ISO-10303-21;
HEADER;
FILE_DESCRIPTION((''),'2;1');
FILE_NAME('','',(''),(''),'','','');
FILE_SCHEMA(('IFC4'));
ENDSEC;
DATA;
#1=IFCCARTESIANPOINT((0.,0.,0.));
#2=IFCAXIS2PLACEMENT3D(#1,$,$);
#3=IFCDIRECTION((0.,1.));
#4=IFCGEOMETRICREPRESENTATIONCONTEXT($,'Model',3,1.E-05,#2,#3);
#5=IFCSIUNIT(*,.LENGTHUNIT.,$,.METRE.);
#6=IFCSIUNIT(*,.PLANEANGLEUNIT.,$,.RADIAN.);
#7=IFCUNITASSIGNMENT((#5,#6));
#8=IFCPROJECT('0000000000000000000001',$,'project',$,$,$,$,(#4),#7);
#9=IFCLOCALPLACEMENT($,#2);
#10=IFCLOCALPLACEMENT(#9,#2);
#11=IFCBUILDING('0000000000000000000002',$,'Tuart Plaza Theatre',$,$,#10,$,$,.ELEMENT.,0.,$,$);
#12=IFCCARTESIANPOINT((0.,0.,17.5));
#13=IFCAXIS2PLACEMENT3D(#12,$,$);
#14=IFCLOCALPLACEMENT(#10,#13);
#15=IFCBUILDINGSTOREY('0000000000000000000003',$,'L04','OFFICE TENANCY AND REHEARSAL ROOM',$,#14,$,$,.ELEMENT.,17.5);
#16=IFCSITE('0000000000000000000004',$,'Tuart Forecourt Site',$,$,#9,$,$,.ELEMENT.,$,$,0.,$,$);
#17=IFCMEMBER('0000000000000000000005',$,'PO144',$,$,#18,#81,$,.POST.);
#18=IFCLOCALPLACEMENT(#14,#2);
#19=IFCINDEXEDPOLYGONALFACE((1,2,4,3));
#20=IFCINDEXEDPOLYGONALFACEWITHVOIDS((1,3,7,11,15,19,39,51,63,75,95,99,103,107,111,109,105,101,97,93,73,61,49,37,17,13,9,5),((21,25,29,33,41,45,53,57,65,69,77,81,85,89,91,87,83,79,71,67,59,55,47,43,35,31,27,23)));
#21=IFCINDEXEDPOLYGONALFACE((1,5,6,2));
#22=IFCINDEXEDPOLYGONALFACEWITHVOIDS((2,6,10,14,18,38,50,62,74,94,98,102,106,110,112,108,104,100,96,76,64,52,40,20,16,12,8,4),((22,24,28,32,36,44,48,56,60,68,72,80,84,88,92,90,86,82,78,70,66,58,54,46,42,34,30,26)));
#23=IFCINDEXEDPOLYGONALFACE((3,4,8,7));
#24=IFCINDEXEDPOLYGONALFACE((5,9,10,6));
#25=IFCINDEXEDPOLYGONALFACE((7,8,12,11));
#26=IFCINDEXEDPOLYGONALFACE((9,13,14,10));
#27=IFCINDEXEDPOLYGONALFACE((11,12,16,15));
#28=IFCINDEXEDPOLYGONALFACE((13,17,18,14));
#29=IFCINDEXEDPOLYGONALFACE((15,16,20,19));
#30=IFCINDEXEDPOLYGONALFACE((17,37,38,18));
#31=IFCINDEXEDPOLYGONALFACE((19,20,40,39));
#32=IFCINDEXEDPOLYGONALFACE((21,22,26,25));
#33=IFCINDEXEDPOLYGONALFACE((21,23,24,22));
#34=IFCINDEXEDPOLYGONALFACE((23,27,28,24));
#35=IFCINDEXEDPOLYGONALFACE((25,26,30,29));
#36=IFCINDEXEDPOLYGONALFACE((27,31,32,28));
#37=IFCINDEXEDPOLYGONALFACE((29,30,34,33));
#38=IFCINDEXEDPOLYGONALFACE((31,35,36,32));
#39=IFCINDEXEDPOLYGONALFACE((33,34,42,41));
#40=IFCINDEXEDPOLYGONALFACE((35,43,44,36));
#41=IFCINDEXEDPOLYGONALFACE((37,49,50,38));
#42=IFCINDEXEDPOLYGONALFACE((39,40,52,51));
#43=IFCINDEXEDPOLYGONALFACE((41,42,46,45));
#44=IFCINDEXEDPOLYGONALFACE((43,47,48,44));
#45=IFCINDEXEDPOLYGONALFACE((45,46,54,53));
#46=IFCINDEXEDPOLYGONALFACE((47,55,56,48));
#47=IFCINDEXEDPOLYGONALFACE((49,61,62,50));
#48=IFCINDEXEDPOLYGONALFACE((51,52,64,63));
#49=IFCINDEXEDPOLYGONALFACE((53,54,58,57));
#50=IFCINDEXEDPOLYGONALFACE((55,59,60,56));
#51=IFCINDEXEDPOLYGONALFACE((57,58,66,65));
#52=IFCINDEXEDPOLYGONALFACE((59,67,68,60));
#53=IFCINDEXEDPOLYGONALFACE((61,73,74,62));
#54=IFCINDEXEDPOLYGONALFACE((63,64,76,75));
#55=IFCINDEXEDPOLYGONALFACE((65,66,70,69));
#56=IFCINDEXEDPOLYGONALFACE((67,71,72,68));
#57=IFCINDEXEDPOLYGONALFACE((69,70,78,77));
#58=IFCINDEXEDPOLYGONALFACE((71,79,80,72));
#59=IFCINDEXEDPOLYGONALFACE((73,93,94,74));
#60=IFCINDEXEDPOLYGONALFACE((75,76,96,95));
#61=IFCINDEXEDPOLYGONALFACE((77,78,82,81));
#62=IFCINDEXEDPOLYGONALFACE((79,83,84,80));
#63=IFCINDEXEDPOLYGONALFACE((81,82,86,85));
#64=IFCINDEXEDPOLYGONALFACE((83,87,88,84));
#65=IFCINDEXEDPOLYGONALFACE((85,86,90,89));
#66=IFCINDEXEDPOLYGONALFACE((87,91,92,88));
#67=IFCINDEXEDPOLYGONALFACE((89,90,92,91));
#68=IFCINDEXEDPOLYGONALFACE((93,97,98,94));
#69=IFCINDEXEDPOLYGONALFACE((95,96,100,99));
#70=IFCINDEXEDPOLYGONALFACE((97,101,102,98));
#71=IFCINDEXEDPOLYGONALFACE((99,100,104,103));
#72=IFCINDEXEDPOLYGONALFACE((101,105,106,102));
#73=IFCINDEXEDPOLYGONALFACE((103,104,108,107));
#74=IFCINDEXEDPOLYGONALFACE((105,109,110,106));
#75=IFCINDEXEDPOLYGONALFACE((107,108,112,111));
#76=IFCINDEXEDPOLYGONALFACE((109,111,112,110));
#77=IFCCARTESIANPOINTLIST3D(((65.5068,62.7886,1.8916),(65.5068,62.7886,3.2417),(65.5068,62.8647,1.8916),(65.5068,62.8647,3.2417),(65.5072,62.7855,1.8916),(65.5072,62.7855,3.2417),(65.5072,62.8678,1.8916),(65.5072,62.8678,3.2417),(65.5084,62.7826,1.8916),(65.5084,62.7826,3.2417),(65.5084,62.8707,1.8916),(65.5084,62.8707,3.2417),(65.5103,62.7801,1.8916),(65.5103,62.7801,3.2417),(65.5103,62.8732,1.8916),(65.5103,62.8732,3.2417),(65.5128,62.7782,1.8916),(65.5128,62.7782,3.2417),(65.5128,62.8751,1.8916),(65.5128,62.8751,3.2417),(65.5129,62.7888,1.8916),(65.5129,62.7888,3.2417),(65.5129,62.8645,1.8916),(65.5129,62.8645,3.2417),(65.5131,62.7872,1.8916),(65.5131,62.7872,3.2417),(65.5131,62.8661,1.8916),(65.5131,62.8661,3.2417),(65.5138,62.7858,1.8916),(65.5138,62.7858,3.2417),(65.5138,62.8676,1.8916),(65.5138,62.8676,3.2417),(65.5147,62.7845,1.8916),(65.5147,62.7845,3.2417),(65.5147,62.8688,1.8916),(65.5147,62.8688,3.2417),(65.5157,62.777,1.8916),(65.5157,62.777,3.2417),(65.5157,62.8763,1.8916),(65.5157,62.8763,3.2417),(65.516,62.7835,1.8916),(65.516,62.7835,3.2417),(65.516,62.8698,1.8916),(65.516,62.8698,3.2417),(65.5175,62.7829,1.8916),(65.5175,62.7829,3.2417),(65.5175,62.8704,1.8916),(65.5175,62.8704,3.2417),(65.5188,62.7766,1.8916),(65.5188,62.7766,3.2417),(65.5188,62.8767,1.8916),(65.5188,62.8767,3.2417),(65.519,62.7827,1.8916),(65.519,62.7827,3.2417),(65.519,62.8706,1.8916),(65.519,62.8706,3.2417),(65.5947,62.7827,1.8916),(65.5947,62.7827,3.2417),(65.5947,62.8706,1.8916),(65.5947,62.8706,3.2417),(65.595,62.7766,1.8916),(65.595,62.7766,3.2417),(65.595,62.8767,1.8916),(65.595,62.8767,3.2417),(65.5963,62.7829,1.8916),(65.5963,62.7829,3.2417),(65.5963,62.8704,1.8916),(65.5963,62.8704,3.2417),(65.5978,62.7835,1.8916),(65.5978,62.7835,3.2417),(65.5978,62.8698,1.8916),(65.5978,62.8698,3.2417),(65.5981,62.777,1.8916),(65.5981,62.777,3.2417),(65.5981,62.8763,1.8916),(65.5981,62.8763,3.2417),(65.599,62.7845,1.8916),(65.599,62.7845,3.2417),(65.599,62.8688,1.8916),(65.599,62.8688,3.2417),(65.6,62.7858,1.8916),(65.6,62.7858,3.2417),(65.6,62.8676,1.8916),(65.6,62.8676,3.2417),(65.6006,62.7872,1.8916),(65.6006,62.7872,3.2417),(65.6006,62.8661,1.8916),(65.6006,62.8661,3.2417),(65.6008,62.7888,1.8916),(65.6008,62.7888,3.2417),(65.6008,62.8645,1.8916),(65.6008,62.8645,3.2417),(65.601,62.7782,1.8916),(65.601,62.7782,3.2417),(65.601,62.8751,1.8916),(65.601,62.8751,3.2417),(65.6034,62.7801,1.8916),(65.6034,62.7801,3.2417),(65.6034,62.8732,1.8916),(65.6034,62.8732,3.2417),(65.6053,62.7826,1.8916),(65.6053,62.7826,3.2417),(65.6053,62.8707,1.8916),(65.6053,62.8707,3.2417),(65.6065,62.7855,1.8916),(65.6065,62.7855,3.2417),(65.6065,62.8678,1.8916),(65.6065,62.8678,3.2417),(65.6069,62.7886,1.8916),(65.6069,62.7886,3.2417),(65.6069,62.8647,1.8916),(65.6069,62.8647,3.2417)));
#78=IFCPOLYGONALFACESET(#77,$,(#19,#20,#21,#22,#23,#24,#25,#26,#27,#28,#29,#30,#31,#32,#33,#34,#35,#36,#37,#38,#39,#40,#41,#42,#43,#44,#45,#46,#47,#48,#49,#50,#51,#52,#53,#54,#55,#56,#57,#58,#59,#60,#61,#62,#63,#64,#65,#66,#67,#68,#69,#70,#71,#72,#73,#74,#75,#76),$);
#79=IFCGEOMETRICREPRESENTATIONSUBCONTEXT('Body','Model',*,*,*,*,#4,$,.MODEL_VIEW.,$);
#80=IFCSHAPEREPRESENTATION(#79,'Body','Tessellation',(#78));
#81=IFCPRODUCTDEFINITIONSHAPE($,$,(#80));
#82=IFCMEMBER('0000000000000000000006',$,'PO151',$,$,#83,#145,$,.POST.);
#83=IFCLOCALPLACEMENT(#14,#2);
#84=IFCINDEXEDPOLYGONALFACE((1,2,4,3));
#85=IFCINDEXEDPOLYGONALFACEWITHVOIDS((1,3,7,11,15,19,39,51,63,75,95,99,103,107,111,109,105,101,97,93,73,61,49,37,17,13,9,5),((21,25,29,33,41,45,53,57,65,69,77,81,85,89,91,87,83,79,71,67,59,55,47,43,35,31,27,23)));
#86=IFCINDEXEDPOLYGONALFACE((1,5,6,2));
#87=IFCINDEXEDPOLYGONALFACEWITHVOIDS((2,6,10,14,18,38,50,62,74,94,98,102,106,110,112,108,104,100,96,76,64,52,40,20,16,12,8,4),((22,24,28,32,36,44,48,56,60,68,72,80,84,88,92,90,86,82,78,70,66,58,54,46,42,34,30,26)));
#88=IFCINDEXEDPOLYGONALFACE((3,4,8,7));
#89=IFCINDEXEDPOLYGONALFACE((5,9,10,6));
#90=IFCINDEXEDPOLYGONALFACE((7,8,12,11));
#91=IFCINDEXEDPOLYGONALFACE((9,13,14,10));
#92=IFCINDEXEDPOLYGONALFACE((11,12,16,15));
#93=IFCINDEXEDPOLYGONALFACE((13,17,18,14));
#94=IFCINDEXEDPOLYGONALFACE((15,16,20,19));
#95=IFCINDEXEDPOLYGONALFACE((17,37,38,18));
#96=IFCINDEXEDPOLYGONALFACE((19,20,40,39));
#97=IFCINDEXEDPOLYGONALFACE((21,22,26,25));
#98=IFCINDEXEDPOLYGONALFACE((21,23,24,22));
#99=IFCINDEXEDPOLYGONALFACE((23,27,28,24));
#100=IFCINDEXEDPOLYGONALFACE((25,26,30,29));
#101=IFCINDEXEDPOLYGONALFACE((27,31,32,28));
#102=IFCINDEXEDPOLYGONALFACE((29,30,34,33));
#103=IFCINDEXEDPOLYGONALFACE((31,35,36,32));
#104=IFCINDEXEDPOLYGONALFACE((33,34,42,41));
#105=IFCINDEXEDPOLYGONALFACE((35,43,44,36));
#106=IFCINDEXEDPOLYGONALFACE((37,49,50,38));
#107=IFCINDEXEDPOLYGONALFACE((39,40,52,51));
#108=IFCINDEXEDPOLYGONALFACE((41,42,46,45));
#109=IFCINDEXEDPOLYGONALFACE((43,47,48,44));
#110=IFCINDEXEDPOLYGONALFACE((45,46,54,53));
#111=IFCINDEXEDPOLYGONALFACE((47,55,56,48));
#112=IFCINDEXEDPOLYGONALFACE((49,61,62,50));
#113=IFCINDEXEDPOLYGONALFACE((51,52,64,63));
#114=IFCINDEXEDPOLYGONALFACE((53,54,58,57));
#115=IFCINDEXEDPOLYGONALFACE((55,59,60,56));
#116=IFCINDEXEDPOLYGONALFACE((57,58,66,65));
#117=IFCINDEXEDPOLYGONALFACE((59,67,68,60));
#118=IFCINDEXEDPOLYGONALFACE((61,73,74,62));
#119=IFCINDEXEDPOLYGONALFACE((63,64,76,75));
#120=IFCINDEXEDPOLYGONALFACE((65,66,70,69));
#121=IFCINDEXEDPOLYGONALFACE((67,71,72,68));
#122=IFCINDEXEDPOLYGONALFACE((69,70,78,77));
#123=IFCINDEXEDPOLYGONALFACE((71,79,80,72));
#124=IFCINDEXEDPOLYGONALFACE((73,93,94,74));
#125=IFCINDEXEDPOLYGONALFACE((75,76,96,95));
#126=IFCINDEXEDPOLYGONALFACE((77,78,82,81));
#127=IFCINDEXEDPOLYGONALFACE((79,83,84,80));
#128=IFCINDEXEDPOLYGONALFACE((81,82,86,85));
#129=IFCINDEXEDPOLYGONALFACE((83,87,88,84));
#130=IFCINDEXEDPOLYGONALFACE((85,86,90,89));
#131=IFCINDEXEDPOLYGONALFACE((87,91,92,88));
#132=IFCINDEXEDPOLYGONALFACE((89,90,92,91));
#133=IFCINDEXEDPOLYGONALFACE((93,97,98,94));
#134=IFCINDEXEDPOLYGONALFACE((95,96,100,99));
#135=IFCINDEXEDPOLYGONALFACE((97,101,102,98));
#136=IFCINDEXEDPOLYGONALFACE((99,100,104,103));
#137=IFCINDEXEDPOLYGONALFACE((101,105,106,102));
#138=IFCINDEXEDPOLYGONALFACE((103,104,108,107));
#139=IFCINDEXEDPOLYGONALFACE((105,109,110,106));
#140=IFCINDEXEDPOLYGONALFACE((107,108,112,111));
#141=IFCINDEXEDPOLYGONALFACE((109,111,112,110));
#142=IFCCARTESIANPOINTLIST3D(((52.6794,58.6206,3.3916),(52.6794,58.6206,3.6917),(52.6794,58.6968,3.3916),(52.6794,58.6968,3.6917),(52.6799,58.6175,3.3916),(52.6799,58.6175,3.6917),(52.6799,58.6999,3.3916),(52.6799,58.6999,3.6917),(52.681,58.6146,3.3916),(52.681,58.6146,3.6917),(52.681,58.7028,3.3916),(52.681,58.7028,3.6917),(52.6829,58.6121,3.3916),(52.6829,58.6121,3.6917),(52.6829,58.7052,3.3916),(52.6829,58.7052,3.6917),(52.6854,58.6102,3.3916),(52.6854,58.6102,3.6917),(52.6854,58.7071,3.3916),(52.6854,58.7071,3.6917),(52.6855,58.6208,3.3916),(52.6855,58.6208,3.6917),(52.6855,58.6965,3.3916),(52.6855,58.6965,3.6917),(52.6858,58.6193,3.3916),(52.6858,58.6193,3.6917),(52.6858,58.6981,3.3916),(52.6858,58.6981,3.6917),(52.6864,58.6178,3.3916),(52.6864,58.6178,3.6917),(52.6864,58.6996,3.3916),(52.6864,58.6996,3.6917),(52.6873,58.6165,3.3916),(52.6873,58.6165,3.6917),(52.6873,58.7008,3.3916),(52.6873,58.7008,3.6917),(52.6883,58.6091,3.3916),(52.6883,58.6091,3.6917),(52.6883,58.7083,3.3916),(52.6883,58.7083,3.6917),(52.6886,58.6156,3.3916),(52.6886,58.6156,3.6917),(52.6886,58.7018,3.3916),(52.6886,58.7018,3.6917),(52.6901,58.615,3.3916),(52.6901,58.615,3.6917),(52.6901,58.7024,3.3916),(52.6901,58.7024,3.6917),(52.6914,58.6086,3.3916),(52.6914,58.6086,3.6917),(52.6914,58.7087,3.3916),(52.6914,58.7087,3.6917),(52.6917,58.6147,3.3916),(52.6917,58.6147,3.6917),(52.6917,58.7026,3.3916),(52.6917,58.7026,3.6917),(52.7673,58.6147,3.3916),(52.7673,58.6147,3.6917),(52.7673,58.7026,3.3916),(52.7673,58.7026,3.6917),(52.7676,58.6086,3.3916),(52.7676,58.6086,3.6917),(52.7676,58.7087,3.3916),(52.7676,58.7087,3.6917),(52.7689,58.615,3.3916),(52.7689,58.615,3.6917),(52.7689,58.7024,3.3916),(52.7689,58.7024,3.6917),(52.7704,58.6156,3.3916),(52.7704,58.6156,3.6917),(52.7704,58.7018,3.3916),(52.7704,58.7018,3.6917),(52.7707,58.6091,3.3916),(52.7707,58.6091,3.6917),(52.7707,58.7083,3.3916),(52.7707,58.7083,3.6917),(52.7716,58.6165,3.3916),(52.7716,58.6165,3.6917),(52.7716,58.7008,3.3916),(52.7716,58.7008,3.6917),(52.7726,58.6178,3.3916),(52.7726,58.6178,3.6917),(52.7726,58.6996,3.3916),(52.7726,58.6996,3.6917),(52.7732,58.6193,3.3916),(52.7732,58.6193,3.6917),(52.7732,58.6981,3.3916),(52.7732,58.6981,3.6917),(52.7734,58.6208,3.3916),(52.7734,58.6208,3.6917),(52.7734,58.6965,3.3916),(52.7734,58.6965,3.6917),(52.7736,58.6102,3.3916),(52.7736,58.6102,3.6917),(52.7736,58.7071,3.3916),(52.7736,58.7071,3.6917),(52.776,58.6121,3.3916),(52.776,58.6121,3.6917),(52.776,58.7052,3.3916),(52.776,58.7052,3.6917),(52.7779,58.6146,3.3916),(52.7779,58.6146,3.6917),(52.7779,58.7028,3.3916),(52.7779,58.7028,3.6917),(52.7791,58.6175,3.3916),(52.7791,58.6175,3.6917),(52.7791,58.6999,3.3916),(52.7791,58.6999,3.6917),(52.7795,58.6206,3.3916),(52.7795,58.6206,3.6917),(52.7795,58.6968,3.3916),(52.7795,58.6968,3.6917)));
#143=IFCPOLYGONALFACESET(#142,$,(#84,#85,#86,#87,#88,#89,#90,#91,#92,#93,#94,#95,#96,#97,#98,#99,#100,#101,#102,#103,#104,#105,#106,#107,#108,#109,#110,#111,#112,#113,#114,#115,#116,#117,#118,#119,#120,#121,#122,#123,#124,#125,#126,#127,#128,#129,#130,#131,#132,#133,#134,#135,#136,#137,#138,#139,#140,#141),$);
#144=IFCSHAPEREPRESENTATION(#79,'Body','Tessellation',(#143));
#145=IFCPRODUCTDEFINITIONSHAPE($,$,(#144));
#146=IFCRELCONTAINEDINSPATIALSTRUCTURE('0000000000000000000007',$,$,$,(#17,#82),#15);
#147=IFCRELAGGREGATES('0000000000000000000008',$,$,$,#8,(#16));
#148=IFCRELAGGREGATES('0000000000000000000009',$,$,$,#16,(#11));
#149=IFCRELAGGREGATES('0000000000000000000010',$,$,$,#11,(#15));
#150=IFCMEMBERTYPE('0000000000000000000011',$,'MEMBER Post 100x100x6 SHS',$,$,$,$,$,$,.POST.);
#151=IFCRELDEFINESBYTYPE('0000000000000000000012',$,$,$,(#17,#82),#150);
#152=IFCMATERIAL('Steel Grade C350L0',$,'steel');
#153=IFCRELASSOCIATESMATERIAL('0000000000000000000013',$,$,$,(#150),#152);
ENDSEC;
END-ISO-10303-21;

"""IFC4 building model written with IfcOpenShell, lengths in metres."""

from ifc_helpers import new_model, si_unit, direction, frame, origin, origin_2d, place, context, subcontext, project, spatial, hollow_rectangle, extrude, material, material_profile, profile_set, type_object, element, save


model = new_model("IFC4")

# Units and contexts
model_context = context("Model", 3, precision=1e-05, world=origin(), true_north=direction((0.0, 1.0)))
body_context = subcontext(model_context, "Body", "Model", "MODEL_VIEW")
ifc_project = project(units=[si_unit("LENGTHUNIT", "METRE"), si_unit("PLANEANGLEUNIT", "RADIAN")], contexts=[model_context])

# Site, building, storey
site_placement = place(None, origin())
site = spatial("IfcSite", under=ifc_project, at=site_placement, Name="Tuart Forecourt Site", CompositionType="ELEMENT", RefElevation=0.0)
building_placement = place(site_placement, origin())
building = spatial("IfcBuilding", under=site, at=building_placement, Name="Tuart Plaza Theatre", CompositionType="ELEMENT", ElevationOfRefHeight=0.0)
storey_placement = place(building_placement, frame((0.0, 0.0, 17.5)))
storey = spatial("IfcBuildingStorey", under=building, at=storey_placement, Name="L04", Description="OFFICE TENANCY AND REHEARSAL ROOM", CompositionType="ELEMENT", Elevation=17.5)

# Members
ifc_material_1 = material(Name="Steel Grade C350L0", Category="steel")
ifc_material_profile_1 = material_profile(ifc_material_1, hollow_rectangle(XDim=0.1001, YDim=0.1001, WallThickness=0.0061, InnerFilletRadius=0.0061, OuterFilletRadius=0.012, at=origin_2d()), Name="100x100x6 SHS")
ifc_profile_set_1 = profile_set([ifc_material_profile_1], Name="Steel Grade C350L0")
member_type_1 = type_object("IfcMemberType", Name="MEMBER Post 100x100x6 SHS", PredefinedType="POST", material=ifc_profile_set_1)
for number, where, z_axis, x_axis, name in (
    (1, (65.5569, 62.8267, 1.8916), (0.0, 0.0, 1.0), (1.0, 0.0, 0.0), "PO144"),
):
    element("IfcMember", number, at=place(storey_placement, frame(where, z_axis=z_axis, x_axis=x_axis)), inside=storey, type_object=member_type_1, Name=name, PredefinedType="POST", context=body_context, shape_type="SweptSolid", body=[
        extrude(hollow_rectangle(XDim=0.1001, YDim=0.1001, WallThickness=0.0061, InnerFilletRadius=0.0061, OuterFilletRadius=0.012, at=origin_2d()), origin(), (0.0, 0.0, 1.0), 1.3501),
    ])
for number, where, z_axis, x_axis, name in (
    (2, (52.7295, 58.6587, 3.3916), (0.0, 0.0, 1.0), (1.0, 0.0, 0.0), "PO151"),
):
    element("IfcMember", number, at=place(storey_placement, frame(where, z_axis=z_axis, x_axis=x_axis)), inside=storey, type_object=member_type_1, Name=name, PredefinedType="POST", context=body_context, shape_type="SweptSolid", body=[
        extrude(hollow_rectangle(XDim=0.1001, YDim=0.1001, WallThickness=0.0061, InnerFilletRadius=0.0061, OuterFilletRadius=0.012, at=origin_2d()), origin(), (0.0, 0.0, 1.0), 0.3),
    ])

save(model, "model.ifc")
